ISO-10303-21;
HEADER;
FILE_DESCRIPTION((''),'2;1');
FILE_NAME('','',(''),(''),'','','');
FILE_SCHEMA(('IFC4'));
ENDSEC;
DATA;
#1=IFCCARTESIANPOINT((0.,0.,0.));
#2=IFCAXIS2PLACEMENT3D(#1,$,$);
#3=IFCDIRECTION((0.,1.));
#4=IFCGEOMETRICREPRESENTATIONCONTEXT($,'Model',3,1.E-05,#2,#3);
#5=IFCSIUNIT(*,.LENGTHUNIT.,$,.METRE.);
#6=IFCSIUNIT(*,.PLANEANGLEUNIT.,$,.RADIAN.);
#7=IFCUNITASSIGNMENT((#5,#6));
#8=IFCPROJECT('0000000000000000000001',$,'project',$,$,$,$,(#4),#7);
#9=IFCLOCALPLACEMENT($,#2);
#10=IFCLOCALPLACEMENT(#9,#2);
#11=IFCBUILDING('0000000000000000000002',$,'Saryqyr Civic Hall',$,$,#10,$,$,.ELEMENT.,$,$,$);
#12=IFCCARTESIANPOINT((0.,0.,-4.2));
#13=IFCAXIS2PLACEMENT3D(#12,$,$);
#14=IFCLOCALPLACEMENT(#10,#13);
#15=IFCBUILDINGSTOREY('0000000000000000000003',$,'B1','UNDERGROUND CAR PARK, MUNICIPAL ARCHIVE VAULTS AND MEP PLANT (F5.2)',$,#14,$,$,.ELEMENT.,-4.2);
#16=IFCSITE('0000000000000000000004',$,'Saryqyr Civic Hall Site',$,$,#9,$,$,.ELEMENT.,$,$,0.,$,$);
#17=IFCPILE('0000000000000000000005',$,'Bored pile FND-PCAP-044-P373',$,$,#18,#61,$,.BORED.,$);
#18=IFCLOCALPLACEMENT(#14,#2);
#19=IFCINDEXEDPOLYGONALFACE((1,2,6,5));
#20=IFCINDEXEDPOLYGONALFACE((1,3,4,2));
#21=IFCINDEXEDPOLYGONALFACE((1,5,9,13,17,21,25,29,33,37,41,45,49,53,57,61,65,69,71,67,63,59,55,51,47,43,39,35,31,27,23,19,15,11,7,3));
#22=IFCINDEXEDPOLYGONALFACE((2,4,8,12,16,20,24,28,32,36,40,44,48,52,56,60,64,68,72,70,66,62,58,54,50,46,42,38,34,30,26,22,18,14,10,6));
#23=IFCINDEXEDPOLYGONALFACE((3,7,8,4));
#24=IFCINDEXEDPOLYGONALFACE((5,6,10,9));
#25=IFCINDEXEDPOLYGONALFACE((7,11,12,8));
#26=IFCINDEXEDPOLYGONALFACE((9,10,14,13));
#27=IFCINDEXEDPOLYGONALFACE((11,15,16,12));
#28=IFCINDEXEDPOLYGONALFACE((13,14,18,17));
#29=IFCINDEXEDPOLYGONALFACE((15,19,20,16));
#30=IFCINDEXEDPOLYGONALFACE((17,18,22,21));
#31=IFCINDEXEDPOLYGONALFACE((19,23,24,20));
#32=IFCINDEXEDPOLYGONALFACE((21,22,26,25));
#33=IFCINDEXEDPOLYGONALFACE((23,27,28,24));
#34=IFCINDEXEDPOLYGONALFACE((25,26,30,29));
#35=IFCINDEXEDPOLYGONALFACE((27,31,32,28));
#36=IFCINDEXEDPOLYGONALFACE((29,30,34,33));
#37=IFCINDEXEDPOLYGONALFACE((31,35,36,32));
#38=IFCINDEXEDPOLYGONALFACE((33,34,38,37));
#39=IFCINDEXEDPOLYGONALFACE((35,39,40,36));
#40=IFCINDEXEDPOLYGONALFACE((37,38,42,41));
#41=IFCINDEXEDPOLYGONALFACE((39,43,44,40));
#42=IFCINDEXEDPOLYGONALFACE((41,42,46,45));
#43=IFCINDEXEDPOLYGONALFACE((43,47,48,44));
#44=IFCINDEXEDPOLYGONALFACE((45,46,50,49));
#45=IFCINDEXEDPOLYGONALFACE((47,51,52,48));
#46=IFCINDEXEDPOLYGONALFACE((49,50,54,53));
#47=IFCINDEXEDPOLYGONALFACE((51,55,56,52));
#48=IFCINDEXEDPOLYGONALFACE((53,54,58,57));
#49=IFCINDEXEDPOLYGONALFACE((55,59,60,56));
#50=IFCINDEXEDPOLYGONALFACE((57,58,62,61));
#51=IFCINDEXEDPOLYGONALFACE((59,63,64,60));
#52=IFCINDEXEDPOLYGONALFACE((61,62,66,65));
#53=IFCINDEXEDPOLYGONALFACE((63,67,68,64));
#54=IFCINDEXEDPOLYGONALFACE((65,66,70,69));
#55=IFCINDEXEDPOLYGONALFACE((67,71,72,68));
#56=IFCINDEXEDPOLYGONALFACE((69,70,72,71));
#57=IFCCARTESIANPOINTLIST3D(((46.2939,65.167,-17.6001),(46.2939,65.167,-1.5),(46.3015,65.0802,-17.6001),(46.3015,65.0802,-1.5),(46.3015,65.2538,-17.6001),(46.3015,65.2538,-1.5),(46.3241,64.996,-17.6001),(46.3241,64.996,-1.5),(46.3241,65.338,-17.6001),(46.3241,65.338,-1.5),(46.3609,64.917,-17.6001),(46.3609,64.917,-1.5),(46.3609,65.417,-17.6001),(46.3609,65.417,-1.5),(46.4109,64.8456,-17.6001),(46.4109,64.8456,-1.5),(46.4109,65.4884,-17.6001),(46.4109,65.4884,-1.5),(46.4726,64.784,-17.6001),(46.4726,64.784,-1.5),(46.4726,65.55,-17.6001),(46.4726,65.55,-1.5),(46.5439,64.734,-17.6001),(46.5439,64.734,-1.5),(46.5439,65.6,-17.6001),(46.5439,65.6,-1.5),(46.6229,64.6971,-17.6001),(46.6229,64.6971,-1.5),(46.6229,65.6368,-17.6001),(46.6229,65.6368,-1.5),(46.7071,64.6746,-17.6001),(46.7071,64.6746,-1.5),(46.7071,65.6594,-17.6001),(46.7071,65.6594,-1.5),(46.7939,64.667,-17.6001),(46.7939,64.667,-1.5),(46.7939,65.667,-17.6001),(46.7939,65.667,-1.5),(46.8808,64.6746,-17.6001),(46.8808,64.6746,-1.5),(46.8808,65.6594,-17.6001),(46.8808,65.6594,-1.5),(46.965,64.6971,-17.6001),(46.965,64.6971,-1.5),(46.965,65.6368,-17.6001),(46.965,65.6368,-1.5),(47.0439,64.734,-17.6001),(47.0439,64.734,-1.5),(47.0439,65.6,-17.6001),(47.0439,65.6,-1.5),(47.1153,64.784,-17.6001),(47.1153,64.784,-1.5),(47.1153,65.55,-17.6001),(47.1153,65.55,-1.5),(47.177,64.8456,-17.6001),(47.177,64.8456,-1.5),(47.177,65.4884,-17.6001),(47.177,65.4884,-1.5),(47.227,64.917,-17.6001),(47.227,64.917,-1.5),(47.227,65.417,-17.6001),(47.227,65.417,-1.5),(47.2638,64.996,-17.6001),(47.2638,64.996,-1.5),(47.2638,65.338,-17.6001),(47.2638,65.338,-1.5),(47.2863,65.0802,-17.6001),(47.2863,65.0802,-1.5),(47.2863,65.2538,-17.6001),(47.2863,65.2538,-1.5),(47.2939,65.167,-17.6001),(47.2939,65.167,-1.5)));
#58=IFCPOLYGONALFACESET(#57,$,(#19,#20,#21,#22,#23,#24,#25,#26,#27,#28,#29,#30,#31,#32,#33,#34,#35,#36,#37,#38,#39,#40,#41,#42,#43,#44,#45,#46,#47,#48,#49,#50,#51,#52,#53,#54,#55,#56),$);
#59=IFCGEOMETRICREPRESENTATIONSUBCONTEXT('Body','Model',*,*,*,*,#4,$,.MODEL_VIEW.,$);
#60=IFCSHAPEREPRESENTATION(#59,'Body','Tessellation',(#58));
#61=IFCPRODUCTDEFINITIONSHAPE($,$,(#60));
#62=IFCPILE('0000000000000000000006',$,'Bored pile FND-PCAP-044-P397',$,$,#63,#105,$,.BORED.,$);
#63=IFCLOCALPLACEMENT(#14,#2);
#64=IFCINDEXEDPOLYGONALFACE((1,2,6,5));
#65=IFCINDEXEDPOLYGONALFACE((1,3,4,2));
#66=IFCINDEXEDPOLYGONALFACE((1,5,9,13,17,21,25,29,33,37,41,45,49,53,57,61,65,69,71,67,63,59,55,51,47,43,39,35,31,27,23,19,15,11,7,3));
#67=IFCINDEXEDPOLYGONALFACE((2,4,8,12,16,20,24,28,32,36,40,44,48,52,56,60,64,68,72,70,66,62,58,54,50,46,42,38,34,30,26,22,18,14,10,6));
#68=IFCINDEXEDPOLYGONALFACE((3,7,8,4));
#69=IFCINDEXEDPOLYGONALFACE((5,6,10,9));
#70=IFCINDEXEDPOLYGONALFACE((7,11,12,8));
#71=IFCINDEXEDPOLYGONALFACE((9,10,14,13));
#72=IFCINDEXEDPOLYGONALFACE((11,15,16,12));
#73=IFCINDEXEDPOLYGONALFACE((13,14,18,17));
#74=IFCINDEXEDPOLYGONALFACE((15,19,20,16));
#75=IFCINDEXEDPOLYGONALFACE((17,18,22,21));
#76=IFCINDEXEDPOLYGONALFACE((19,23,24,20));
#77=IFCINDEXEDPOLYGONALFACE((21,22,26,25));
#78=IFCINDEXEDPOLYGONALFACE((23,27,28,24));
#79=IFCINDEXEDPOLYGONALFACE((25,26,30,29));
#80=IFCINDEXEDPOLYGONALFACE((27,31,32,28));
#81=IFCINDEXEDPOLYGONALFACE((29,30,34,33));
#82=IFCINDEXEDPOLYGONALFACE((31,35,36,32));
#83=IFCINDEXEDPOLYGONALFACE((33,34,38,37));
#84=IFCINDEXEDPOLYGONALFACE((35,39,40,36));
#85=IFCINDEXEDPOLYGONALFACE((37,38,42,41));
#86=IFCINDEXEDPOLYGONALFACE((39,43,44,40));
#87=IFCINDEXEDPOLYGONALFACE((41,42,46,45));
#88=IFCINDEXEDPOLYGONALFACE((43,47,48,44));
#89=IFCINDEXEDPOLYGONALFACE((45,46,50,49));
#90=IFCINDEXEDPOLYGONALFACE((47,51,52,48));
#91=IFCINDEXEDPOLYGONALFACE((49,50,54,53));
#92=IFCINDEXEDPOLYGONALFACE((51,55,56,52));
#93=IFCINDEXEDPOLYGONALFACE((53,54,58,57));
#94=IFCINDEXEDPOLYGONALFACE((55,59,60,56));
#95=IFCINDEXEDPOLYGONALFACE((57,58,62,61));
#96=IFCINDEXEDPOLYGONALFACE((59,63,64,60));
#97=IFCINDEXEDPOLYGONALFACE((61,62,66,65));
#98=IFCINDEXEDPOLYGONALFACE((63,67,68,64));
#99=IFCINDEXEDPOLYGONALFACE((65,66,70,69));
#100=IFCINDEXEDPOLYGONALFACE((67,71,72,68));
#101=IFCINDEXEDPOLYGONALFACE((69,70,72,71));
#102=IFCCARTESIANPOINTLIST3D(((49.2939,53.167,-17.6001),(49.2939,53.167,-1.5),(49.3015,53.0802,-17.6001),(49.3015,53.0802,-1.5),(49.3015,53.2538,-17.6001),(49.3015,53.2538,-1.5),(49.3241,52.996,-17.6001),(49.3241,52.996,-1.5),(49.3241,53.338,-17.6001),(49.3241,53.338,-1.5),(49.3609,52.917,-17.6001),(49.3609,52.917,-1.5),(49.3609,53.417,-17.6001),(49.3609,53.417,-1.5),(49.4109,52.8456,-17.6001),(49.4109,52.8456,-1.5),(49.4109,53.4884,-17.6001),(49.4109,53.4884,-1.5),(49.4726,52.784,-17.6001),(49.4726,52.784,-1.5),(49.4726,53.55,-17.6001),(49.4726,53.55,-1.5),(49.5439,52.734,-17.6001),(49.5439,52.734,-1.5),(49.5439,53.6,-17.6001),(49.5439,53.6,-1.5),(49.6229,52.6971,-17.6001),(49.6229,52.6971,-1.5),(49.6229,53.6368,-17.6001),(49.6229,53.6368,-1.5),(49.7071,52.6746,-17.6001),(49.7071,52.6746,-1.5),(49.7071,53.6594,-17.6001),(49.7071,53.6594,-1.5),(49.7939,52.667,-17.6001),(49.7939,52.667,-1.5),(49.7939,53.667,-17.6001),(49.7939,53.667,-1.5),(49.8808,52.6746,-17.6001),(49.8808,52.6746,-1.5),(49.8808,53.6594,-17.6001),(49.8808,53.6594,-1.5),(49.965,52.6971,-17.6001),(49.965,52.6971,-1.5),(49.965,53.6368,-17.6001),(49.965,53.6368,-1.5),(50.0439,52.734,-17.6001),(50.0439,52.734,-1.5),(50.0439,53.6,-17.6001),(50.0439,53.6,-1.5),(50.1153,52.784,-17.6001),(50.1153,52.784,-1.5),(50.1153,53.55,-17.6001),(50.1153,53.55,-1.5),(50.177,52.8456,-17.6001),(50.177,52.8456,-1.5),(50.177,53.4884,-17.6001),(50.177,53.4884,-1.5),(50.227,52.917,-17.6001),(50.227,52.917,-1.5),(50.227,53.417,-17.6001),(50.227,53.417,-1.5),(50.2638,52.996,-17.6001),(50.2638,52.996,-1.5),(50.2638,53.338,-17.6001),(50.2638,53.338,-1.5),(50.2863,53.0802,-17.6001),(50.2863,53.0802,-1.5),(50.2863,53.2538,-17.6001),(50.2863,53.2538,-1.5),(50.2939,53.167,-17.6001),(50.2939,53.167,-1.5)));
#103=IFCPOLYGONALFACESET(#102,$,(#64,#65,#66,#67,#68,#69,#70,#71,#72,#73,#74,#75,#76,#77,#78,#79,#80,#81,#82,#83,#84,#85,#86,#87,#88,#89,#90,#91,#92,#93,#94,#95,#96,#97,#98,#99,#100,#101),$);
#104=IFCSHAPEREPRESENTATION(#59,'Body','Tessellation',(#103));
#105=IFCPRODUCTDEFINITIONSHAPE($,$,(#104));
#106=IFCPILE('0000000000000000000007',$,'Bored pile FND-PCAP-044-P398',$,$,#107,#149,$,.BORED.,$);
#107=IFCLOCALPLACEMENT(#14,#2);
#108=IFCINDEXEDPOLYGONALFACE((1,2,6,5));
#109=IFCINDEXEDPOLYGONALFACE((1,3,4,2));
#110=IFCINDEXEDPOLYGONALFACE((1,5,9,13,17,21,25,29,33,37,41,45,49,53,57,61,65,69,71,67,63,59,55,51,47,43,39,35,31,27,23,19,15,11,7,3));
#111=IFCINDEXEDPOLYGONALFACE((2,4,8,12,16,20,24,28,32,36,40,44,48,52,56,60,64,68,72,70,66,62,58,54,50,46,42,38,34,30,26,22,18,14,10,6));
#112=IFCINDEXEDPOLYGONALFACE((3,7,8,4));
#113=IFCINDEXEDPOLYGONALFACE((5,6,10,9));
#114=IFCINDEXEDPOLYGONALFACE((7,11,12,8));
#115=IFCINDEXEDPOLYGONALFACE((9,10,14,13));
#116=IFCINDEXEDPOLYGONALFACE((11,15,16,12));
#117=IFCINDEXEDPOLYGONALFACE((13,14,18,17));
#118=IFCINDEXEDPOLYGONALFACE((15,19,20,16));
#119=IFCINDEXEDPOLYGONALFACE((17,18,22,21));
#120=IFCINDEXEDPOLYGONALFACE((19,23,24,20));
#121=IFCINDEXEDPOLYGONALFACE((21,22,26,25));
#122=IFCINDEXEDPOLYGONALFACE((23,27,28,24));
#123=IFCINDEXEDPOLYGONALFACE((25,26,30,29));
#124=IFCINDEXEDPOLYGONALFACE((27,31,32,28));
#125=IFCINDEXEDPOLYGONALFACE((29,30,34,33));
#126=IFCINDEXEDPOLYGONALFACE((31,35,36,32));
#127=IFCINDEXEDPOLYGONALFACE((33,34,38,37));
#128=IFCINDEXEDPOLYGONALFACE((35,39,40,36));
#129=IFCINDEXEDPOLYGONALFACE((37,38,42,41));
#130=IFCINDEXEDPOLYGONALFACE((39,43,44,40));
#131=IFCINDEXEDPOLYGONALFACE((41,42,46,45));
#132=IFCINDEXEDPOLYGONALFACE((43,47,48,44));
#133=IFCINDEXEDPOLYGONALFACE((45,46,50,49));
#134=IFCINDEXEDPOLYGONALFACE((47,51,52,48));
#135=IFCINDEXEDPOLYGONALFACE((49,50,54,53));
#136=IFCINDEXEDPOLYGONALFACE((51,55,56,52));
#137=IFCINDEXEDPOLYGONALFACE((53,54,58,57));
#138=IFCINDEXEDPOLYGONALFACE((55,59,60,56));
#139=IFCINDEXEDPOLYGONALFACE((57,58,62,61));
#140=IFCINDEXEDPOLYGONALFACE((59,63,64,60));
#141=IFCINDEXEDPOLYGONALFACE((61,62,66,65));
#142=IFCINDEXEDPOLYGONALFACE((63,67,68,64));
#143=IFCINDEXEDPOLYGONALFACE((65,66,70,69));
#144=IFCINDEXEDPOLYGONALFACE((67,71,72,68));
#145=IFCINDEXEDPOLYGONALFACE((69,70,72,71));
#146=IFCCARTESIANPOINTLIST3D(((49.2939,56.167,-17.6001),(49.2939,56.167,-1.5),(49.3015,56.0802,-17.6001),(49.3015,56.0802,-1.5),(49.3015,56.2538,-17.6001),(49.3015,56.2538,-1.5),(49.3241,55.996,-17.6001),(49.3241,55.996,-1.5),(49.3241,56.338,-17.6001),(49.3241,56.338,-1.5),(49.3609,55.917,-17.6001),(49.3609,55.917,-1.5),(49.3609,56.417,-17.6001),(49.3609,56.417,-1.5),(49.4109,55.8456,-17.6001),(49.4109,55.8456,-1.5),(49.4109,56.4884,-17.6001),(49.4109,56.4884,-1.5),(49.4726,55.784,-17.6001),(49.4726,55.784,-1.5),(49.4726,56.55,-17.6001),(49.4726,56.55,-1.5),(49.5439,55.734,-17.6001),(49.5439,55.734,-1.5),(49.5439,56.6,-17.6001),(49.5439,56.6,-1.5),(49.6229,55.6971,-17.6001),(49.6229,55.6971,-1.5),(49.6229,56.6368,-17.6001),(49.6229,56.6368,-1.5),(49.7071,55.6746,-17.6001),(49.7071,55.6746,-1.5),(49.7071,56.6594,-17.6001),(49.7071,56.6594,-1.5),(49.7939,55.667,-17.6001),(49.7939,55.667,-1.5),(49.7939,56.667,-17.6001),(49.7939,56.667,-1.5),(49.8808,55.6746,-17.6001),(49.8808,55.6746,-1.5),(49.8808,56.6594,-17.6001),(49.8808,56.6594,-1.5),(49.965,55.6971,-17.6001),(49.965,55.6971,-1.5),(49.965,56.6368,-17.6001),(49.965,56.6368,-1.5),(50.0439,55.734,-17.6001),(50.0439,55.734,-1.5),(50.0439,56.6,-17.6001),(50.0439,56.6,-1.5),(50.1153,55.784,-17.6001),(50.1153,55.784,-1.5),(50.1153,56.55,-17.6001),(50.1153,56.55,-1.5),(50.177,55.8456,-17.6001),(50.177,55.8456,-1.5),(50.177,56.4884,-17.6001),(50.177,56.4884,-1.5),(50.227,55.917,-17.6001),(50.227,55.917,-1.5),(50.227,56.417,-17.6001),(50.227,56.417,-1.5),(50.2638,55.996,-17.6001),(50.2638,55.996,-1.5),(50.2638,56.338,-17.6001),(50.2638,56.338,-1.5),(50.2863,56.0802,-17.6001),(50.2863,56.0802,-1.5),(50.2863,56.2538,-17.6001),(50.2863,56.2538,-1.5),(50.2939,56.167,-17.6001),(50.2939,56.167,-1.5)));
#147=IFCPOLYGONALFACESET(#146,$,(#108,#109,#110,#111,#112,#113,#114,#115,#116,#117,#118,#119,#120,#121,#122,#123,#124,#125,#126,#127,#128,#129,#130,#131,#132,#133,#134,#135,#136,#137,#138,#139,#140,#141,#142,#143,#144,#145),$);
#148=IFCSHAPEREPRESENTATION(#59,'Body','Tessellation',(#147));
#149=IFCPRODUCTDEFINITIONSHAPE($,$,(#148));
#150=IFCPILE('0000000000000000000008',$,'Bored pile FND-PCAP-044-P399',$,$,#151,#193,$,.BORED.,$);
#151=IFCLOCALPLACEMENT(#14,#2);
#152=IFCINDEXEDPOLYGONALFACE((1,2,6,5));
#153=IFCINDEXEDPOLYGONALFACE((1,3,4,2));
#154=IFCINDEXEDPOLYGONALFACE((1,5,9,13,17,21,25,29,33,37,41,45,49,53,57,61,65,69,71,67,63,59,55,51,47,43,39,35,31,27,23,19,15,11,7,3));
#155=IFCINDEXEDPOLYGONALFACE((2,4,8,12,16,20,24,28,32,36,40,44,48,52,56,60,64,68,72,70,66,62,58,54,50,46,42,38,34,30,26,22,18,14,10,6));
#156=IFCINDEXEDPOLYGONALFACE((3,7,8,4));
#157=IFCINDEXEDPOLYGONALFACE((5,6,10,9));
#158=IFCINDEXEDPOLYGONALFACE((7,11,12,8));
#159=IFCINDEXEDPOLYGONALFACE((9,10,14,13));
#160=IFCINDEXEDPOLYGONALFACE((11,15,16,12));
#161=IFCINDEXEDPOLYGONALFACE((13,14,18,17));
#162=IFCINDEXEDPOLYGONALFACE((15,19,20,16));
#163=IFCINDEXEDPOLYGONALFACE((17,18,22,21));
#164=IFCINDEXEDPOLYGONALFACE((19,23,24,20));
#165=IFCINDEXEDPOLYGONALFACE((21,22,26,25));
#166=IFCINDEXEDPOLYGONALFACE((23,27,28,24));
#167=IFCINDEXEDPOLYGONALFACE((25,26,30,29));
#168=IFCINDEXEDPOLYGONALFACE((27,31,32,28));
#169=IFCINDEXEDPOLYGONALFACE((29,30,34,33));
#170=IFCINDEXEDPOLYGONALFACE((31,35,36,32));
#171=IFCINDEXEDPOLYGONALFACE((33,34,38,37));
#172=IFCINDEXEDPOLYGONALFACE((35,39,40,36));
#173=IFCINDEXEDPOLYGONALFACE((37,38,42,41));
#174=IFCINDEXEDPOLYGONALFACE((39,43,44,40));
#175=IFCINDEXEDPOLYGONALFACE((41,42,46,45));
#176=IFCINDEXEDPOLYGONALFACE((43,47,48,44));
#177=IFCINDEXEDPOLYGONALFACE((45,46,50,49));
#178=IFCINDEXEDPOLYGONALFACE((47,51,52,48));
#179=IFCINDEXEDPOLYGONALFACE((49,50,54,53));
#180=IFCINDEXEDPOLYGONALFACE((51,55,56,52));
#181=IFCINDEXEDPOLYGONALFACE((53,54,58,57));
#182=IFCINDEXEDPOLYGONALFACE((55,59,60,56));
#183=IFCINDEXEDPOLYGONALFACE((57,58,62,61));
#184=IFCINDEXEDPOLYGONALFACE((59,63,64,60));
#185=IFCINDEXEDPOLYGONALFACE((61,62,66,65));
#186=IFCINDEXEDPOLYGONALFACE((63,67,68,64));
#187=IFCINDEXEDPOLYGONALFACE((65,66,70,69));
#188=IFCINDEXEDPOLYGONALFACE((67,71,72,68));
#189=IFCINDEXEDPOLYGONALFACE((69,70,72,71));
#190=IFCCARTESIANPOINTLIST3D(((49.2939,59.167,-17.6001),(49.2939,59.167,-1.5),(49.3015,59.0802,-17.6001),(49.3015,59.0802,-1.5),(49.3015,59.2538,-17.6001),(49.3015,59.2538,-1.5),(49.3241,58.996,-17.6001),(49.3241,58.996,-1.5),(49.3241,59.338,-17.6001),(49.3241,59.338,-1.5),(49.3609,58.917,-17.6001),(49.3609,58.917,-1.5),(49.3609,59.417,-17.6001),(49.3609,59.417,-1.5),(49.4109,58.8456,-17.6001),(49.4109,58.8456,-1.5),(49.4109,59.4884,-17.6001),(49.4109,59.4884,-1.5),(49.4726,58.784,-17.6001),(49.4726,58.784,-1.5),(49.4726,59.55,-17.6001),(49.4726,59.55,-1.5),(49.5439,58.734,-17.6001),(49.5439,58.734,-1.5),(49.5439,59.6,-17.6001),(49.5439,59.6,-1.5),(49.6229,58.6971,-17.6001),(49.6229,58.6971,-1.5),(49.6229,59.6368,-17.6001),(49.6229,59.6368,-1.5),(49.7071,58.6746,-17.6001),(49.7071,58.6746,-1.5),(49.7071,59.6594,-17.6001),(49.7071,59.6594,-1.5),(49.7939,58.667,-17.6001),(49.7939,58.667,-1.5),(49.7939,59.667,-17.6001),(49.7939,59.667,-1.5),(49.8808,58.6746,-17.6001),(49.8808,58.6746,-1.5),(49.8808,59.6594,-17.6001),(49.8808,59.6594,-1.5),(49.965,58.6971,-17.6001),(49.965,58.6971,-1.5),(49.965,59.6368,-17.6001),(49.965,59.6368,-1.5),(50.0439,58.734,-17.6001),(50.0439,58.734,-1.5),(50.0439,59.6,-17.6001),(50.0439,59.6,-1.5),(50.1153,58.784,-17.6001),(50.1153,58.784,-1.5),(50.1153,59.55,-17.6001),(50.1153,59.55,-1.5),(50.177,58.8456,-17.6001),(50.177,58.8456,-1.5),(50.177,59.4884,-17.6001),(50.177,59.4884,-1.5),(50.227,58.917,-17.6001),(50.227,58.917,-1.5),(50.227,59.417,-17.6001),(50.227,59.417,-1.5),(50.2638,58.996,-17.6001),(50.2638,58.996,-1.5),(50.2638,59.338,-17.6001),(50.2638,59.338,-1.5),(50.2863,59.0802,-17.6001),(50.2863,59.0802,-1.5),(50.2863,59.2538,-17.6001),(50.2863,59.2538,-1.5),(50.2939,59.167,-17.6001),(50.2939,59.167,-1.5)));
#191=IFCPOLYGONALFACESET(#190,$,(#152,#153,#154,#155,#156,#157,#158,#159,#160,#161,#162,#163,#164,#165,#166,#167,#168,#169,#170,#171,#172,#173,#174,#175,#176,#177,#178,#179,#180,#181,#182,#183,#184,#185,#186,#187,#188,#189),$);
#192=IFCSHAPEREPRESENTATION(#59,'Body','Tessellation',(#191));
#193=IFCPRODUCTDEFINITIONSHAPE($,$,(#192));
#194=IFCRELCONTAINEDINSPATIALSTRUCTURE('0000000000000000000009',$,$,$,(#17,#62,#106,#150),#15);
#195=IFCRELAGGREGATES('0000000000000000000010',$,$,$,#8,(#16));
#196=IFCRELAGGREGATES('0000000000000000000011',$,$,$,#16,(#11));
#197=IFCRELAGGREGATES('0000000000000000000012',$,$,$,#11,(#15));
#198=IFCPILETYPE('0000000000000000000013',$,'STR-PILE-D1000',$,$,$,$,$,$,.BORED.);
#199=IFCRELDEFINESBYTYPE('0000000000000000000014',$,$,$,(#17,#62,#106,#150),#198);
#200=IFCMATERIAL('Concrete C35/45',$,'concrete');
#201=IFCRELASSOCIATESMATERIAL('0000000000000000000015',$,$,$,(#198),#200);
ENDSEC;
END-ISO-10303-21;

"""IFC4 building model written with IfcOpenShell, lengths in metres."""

from ifc_helpers import new_model, si_unit, direction, frame, origin, origin_2d, place, context, subcontext, project, spatial, circle, extrude, material, material_profile, profile_set, type_object, element, save


model = new_model("IFC4")

# Units and contexts
model_context = context("Model", 3, precision=1e-05, world=origin(), true_north=direction((0.0, 1.0)))
body_context = subcontext(model_context, "Body", "Model", "MODEL_VIEW")
ifc_project = project(units=[si_unit("LENGTHUNIT", "METRE"), si_unit("PLANEANGLEUNIT", "RADIAN")], contexts=[model_context])

# Site, building, storey
site_placement = place(None, origin())
site = spatial("IfcSite", under=ifc_project, at=site_placement, Name="Saryqyr Civic Hall Site", CompositionType="ELEMENT", RefElevation=0.0)
building_placement = place(site_placement, origin())
building = spatial("IfcBuilding", under=site, at=building_placement, Name="Saryqyr Civic Hall", CompositionType="ELEMENT")
storey_placement = place(building_placement, frame((0.0, 0.0, -4.2)))
storey = spatial("IfcBuildingStorey", under=building, at=storey_placement, Name="B1", Description="UNDERGROUND CAR PARK, MUNICIPAL ARCHIVE VAULTS AND MEP PLANT (F5.2)", CompositionType="ELEMENT", Elevation=-4.2)

# Shared definitions
ifc_material_1 = material(Name="Concrete C35/45", Category="concrete")

# Piles
ifc_material_profile_1 = material_profile(ifc_material_1, circle(Radius=0.5, at=origin_2d()), Name="BORED PILE D1000")
ifc_profile_set_1 = profile_set([ifc_material_profile_1], Name="Concrete C35/45")
pile_type = type_object("IfcPileType", Name="STR-PILE-D1000", PredefinedType="BORED", material=ifc_profile_set_1)
for number, where, z_axis, x_axis, name in (
    (1, (46.7939, 65.167, -1.5), (0.0, 0.0, -1.0), (1.0, 0.0, 0.0), "Bored pile FND-PCAP-044-P373"),
    (2, (49.7939, 53.167, -1.5), (0.0, 0.0, -1.0), (1.0, 0.0, 0.0), "Bored pile FND-PCAP-044-P397"),
    (3, (49.7939, 56.167, -1.5), (0.0, 0.0, -1.0), (1.0, 0.0, 0.0), "Bored pile FND-PCAP-044-P398"),
    (4, (49.7939, 59.167, -1.5), (0.0, 0.0, -1.0), (1.0, 0.0, 0.0), "Bored pile FND-PCAP-044-P399"),
):
    element("IfcPile", number, at=place(storey_placement, frame(where, z_axis=z_axis, x_axis=x_axis)), inside=storey, type_object=pile_type, Name=name, PredefinedType="BORED", context=body_context, shape_type="SweptSolid", body=[
        extrude(circle(Radius=0.5, at=origin_2d()), origin(), (0.0, 0.0, 1.0), 16.1001),
    ])

save(model, "model.ifc")
